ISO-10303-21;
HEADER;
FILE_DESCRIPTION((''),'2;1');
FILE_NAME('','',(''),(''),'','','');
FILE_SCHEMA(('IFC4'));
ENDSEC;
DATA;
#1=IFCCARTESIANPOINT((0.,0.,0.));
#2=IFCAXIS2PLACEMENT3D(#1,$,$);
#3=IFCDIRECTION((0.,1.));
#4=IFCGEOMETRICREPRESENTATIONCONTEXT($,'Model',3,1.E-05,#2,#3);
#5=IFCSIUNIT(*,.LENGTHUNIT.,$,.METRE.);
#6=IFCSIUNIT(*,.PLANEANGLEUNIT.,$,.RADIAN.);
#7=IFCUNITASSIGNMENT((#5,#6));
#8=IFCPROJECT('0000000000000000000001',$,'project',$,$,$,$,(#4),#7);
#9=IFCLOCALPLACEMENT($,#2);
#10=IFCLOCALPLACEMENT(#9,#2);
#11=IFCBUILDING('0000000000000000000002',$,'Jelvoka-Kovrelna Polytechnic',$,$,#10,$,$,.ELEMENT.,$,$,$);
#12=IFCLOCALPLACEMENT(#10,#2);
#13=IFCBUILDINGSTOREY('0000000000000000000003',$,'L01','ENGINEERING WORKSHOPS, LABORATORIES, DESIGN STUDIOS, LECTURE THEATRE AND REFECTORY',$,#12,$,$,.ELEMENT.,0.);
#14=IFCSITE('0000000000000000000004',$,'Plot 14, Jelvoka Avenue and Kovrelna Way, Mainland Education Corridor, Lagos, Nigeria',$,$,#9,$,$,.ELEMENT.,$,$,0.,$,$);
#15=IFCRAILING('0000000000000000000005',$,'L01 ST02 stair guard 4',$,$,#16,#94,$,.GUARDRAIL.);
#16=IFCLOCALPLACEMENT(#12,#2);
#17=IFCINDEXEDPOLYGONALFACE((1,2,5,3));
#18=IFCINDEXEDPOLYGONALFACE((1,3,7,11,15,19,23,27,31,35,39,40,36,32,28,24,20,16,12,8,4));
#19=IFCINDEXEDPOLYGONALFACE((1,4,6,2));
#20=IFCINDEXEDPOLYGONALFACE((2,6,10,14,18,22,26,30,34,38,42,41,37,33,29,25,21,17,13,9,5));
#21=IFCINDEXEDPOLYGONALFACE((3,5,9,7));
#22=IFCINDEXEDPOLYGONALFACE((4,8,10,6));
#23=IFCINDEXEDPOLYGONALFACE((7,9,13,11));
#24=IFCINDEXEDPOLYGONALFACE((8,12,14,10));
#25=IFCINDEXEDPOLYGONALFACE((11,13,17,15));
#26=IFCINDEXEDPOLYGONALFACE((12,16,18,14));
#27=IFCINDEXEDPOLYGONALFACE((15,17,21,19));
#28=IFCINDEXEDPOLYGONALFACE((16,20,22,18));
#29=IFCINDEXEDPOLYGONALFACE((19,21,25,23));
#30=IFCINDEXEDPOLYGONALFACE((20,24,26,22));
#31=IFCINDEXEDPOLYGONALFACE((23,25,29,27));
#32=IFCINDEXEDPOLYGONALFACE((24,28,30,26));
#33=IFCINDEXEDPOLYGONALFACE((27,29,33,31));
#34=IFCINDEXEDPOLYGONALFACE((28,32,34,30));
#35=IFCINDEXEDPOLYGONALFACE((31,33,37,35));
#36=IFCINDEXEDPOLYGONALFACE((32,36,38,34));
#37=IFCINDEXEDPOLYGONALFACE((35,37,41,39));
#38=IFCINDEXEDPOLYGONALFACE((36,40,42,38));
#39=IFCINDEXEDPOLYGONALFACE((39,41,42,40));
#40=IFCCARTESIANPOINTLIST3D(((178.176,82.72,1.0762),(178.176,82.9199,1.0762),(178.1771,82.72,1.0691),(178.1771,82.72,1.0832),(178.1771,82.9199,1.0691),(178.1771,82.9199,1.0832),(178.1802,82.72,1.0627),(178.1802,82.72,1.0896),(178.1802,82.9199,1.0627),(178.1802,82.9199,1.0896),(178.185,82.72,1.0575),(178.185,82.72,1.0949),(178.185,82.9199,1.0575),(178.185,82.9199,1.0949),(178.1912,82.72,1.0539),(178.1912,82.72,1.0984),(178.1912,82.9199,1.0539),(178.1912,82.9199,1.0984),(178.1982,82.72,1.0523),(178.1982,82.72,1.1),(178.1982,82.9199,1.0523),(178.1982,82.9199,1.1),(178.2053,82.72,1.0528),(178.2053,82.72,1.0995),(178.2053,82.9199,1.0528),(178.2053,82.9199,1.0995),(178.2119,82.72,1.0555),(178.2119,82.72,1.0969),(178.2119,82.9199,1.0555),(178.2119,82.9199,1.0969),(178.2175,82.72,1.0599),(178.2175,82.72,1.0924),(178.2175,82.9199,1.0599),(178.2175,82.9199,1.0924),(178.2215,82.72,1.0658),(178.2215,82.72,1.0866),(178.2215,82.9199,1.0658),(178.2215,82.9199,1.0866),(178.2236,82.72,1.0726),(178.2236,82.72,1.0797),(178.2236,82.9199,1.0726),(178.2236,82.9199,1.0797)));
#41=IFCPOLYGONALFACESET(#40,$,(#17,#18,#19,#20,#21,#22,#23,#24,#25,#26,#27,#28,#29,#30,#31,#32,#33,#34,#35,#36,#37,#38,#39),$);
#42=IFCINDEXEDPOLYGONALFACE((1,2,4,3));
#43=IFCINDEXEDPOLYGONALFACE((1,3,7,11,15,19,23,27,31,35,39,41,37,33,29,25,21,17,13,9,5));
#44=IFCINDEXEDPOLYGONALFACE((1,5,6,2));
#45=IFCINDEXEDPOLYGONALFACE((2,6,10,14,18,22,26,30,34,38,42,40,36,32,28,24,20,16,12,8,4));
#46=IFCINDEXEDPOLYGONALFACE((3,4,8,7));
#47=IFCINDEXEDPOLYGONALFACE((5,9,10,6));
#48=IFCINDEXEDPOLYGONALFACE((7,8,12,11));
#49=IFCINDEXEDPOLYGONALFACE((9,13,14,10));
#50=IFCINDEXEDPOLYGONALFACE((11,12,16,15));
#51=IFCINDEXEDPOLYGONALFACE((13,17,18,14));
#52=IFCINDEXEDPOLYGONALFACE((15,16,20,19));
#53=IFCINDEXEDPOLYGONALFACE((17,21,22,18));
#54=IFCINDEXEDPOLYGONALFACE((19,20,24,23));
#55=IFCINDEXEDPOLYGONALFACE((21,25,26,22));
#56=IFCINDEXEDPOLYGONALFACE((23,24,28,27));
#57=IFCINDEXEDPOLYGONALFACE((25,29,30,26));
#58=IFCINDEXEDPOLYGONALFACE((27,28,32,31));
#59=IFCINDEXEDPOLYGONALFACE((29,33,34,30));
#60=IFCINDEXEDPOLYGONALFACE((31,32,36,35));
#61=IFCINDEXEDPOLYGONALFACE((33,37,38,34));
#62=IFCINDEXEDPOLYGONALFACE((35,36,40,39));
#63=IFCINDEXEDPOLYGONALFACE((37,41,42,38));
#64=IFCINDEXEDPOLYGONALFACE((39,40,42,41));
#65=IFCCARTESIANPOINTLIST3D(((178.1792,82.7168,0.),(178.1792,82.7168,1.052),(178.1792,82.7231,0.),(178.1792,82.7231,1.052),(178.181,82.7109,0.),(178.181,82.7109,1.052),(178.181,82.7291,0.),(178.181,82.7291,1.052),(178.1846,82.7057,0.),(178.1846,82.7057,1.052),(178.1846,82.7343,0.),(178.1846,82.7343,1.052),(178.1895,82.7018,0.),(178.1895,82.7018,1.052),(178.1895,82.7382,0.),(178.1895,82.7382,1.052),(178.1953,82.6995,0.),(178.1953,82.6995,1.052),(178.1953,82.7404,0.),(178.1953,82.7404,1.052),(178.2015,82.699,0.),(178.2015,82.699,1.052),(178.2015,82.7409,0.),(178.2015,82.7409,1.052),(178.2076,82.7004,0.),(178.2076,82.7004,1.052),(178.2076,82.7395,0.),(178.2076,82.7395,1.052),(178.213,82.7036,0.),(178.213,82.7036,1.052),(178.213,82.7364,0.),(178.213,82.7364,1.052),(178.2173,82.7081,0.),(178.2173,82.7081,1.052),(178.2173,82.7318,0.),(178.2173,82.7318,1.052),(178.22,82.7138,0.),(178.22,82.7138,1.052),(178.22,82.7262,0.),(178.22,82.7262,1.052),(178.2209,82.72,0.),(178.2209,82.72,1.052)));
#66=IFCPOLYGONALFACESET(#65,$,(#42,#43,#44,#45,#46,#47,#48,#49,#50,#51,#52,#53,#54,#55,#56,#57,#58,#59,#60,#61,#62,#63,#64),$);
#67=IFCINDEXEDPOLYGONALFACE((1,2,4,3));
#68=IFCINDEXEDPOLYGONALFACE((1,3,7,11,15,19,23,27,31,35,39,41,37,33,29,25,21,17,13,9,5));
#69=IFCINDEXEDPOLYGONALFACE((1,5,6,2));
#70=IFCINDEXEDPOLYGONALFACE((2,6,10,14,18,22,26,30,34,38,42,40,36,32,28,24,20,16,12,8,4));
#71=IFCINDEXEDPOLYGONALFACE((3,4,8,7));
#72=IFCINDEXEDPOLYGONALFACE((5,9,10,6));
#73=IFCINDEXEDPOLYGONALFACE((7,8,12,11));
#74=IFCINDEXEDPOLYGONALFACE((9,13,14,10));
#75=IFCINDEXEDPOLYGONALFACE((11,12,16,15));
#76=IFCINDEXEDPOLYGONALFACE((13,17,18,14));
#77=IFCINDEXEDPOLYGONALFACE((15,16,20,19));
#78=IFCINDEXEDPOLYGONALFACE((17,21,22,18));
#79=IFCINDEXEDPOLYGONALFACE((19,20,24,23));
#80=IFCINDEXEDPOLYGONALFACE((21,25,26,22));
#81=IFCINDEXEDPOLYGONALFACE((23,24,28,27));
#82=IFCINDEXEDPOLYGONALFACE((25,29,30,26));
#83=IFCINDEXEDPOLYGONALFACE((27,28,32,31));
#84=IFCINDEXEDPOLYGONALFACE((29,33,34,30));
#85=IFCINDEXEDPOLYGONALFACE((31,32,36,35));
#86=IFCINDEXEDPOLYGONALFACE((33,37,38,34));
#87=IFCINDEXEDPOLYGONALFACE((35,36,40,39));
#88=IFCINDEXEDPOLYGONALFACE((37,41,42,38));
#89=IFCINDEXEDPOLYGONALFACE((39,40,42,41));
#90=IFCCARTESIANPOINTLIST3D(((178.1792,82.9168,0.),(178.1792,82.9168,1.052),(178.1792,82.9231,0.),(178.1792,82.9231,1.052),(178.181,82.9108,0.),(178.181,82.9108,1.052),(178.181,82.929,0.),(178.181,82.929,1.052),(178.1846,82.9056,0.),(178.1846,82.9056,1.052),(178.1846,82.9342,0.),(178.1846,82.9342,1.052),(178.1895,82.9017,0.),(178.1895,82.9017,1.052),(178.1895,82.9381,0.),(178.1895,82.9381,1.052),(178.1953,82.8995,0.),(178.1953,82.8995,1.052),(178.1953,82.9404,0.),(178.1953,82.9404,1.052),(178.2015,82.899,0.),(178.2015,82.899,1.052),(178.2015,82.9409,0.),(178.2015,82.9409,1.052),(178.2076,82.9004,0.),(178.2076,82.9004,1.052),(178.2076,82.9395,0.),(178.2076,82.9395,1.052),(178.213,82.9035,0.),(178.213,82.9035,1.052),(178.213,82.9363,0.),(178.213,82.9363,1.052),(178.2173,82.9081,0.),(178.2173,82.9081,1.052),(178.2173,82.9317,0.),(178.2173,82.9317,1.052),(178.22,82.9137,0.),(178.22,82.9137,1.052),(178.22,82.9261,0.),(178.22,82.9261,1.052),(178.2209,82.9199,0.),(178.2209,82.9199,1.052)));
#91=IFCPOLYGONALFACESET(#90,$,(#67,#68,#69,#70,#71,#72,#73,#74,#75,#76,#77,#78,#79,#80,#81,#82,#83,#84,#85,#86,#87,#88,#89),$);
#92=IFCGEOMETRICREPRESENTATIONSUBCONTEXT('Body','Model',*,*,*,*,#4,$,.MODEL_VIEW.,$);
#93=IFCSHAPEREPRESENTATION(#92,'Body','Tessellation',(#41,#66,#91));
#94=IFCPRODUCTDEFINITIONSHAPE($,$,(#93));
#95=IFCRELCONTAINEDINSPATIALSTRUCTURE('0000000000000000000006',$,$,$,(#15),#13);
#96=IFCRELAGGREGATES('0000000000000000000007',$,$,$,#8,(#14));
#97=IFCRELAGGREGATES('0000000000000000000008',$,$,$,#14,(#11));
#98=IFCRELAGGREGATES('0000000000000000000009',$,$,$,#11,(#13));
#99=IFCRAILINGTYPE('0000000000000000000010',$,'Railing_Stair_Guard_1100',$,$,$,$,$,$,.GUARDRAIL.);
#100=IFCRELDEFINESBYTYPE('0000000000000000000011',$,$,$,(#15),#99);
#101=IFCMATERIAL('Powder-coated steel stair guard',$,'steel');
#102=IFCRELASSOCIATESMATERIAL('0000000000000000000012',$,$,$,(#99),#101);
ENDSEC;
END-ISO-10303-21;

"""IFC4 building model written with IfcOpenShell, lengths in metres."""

from ifc_helpers import new_model, si_unit, direction, frame, origin, origin_2d, place, context, subcontext, project, spatial, circle, extrude, material, type_object, element, save


model = new_model("IFC4")

# Units and contexts
model_context = context("Model", 3, precision=1e-05, world=origin(), true_north=direction((0.0, 1.0)))
body_context = subcontext(model_context, "Body", "Model", "MODEL_VIEW")
ifc_project = project(units=[si_unit("LENGTHUNIT", "METRE"), si_unit("PLANEANGLEUNIT", "RADIAN")], contexts=[model_context])

# Site, building, storey
site_placement = place(None, origin())
site = spatial("IfcSite", under=ifc_project, at=site_placement, Name="Plot 14, Jelvoka Avenue and Kovrelna Way, Mainland Education Corridor, Lagos, Nigeria", CompositionType="ELEMENT", RefElevation=0.0)
building_placement = place(site_placement, origin())
building = spatial("IfcBuilding", under=site, at=building_placement, Name="Jelvoka-Kovrelna Polytechnic", CompositionType="ELEMENT")
storey_placement = place(building_placement, origin())
storey = spatial("IfcBuildingStorey", under=building, at=storey_placement, Name="L01", Description="ENGINEERING WORKSHOPS, LABORATORIES, DESIGN STUDIOS, LECTURE THEATRE AND REFECTORY", CompositionType="ELEMENT", Elevation=0.0)

# Railing
ifc_material_1 = material(Name="Powder-coated steel stair guard", Category="steel")
railing_type_1 = type_object("IfcRailingType", Name="Railing_Stair_Guard_1100", PredefinedType="GUARDRAIL", material=ifc_material_1)
railing_1_placement = place(storey_placement, frame((178.2, 82.72, 0.0)))
element("IfcRailing", 1, at=railing_1_placement, inside=storey, type_object=railing_type_1, Name="L01 ST02 stair guard 4", PredefinedType="GUARDRAIL", context=body_context, shape_type="SweptSolid", body=[
    extrude(circle(Radius=0.0239, at=origin_2d()), frame((0.0, 0.0, 1.0762), z_axis=(0.0, 1.0, 0.0), x_axis=(-1.0, 0.0, 0.0)), (0.0, 0.0, 1.0), 0.2),
    extrude(circle(Radius=0.021, at=origin_2d()), origin(), (0.0, 0.0, 1.0), 1.052),
    extrude(circle(Radius=0.021, at=origin_2d()), frame((0.0, 0.2, 0.0)), (0.0, 0.0, 1.0), 1.052),
])

save(model, "model.ifc")
